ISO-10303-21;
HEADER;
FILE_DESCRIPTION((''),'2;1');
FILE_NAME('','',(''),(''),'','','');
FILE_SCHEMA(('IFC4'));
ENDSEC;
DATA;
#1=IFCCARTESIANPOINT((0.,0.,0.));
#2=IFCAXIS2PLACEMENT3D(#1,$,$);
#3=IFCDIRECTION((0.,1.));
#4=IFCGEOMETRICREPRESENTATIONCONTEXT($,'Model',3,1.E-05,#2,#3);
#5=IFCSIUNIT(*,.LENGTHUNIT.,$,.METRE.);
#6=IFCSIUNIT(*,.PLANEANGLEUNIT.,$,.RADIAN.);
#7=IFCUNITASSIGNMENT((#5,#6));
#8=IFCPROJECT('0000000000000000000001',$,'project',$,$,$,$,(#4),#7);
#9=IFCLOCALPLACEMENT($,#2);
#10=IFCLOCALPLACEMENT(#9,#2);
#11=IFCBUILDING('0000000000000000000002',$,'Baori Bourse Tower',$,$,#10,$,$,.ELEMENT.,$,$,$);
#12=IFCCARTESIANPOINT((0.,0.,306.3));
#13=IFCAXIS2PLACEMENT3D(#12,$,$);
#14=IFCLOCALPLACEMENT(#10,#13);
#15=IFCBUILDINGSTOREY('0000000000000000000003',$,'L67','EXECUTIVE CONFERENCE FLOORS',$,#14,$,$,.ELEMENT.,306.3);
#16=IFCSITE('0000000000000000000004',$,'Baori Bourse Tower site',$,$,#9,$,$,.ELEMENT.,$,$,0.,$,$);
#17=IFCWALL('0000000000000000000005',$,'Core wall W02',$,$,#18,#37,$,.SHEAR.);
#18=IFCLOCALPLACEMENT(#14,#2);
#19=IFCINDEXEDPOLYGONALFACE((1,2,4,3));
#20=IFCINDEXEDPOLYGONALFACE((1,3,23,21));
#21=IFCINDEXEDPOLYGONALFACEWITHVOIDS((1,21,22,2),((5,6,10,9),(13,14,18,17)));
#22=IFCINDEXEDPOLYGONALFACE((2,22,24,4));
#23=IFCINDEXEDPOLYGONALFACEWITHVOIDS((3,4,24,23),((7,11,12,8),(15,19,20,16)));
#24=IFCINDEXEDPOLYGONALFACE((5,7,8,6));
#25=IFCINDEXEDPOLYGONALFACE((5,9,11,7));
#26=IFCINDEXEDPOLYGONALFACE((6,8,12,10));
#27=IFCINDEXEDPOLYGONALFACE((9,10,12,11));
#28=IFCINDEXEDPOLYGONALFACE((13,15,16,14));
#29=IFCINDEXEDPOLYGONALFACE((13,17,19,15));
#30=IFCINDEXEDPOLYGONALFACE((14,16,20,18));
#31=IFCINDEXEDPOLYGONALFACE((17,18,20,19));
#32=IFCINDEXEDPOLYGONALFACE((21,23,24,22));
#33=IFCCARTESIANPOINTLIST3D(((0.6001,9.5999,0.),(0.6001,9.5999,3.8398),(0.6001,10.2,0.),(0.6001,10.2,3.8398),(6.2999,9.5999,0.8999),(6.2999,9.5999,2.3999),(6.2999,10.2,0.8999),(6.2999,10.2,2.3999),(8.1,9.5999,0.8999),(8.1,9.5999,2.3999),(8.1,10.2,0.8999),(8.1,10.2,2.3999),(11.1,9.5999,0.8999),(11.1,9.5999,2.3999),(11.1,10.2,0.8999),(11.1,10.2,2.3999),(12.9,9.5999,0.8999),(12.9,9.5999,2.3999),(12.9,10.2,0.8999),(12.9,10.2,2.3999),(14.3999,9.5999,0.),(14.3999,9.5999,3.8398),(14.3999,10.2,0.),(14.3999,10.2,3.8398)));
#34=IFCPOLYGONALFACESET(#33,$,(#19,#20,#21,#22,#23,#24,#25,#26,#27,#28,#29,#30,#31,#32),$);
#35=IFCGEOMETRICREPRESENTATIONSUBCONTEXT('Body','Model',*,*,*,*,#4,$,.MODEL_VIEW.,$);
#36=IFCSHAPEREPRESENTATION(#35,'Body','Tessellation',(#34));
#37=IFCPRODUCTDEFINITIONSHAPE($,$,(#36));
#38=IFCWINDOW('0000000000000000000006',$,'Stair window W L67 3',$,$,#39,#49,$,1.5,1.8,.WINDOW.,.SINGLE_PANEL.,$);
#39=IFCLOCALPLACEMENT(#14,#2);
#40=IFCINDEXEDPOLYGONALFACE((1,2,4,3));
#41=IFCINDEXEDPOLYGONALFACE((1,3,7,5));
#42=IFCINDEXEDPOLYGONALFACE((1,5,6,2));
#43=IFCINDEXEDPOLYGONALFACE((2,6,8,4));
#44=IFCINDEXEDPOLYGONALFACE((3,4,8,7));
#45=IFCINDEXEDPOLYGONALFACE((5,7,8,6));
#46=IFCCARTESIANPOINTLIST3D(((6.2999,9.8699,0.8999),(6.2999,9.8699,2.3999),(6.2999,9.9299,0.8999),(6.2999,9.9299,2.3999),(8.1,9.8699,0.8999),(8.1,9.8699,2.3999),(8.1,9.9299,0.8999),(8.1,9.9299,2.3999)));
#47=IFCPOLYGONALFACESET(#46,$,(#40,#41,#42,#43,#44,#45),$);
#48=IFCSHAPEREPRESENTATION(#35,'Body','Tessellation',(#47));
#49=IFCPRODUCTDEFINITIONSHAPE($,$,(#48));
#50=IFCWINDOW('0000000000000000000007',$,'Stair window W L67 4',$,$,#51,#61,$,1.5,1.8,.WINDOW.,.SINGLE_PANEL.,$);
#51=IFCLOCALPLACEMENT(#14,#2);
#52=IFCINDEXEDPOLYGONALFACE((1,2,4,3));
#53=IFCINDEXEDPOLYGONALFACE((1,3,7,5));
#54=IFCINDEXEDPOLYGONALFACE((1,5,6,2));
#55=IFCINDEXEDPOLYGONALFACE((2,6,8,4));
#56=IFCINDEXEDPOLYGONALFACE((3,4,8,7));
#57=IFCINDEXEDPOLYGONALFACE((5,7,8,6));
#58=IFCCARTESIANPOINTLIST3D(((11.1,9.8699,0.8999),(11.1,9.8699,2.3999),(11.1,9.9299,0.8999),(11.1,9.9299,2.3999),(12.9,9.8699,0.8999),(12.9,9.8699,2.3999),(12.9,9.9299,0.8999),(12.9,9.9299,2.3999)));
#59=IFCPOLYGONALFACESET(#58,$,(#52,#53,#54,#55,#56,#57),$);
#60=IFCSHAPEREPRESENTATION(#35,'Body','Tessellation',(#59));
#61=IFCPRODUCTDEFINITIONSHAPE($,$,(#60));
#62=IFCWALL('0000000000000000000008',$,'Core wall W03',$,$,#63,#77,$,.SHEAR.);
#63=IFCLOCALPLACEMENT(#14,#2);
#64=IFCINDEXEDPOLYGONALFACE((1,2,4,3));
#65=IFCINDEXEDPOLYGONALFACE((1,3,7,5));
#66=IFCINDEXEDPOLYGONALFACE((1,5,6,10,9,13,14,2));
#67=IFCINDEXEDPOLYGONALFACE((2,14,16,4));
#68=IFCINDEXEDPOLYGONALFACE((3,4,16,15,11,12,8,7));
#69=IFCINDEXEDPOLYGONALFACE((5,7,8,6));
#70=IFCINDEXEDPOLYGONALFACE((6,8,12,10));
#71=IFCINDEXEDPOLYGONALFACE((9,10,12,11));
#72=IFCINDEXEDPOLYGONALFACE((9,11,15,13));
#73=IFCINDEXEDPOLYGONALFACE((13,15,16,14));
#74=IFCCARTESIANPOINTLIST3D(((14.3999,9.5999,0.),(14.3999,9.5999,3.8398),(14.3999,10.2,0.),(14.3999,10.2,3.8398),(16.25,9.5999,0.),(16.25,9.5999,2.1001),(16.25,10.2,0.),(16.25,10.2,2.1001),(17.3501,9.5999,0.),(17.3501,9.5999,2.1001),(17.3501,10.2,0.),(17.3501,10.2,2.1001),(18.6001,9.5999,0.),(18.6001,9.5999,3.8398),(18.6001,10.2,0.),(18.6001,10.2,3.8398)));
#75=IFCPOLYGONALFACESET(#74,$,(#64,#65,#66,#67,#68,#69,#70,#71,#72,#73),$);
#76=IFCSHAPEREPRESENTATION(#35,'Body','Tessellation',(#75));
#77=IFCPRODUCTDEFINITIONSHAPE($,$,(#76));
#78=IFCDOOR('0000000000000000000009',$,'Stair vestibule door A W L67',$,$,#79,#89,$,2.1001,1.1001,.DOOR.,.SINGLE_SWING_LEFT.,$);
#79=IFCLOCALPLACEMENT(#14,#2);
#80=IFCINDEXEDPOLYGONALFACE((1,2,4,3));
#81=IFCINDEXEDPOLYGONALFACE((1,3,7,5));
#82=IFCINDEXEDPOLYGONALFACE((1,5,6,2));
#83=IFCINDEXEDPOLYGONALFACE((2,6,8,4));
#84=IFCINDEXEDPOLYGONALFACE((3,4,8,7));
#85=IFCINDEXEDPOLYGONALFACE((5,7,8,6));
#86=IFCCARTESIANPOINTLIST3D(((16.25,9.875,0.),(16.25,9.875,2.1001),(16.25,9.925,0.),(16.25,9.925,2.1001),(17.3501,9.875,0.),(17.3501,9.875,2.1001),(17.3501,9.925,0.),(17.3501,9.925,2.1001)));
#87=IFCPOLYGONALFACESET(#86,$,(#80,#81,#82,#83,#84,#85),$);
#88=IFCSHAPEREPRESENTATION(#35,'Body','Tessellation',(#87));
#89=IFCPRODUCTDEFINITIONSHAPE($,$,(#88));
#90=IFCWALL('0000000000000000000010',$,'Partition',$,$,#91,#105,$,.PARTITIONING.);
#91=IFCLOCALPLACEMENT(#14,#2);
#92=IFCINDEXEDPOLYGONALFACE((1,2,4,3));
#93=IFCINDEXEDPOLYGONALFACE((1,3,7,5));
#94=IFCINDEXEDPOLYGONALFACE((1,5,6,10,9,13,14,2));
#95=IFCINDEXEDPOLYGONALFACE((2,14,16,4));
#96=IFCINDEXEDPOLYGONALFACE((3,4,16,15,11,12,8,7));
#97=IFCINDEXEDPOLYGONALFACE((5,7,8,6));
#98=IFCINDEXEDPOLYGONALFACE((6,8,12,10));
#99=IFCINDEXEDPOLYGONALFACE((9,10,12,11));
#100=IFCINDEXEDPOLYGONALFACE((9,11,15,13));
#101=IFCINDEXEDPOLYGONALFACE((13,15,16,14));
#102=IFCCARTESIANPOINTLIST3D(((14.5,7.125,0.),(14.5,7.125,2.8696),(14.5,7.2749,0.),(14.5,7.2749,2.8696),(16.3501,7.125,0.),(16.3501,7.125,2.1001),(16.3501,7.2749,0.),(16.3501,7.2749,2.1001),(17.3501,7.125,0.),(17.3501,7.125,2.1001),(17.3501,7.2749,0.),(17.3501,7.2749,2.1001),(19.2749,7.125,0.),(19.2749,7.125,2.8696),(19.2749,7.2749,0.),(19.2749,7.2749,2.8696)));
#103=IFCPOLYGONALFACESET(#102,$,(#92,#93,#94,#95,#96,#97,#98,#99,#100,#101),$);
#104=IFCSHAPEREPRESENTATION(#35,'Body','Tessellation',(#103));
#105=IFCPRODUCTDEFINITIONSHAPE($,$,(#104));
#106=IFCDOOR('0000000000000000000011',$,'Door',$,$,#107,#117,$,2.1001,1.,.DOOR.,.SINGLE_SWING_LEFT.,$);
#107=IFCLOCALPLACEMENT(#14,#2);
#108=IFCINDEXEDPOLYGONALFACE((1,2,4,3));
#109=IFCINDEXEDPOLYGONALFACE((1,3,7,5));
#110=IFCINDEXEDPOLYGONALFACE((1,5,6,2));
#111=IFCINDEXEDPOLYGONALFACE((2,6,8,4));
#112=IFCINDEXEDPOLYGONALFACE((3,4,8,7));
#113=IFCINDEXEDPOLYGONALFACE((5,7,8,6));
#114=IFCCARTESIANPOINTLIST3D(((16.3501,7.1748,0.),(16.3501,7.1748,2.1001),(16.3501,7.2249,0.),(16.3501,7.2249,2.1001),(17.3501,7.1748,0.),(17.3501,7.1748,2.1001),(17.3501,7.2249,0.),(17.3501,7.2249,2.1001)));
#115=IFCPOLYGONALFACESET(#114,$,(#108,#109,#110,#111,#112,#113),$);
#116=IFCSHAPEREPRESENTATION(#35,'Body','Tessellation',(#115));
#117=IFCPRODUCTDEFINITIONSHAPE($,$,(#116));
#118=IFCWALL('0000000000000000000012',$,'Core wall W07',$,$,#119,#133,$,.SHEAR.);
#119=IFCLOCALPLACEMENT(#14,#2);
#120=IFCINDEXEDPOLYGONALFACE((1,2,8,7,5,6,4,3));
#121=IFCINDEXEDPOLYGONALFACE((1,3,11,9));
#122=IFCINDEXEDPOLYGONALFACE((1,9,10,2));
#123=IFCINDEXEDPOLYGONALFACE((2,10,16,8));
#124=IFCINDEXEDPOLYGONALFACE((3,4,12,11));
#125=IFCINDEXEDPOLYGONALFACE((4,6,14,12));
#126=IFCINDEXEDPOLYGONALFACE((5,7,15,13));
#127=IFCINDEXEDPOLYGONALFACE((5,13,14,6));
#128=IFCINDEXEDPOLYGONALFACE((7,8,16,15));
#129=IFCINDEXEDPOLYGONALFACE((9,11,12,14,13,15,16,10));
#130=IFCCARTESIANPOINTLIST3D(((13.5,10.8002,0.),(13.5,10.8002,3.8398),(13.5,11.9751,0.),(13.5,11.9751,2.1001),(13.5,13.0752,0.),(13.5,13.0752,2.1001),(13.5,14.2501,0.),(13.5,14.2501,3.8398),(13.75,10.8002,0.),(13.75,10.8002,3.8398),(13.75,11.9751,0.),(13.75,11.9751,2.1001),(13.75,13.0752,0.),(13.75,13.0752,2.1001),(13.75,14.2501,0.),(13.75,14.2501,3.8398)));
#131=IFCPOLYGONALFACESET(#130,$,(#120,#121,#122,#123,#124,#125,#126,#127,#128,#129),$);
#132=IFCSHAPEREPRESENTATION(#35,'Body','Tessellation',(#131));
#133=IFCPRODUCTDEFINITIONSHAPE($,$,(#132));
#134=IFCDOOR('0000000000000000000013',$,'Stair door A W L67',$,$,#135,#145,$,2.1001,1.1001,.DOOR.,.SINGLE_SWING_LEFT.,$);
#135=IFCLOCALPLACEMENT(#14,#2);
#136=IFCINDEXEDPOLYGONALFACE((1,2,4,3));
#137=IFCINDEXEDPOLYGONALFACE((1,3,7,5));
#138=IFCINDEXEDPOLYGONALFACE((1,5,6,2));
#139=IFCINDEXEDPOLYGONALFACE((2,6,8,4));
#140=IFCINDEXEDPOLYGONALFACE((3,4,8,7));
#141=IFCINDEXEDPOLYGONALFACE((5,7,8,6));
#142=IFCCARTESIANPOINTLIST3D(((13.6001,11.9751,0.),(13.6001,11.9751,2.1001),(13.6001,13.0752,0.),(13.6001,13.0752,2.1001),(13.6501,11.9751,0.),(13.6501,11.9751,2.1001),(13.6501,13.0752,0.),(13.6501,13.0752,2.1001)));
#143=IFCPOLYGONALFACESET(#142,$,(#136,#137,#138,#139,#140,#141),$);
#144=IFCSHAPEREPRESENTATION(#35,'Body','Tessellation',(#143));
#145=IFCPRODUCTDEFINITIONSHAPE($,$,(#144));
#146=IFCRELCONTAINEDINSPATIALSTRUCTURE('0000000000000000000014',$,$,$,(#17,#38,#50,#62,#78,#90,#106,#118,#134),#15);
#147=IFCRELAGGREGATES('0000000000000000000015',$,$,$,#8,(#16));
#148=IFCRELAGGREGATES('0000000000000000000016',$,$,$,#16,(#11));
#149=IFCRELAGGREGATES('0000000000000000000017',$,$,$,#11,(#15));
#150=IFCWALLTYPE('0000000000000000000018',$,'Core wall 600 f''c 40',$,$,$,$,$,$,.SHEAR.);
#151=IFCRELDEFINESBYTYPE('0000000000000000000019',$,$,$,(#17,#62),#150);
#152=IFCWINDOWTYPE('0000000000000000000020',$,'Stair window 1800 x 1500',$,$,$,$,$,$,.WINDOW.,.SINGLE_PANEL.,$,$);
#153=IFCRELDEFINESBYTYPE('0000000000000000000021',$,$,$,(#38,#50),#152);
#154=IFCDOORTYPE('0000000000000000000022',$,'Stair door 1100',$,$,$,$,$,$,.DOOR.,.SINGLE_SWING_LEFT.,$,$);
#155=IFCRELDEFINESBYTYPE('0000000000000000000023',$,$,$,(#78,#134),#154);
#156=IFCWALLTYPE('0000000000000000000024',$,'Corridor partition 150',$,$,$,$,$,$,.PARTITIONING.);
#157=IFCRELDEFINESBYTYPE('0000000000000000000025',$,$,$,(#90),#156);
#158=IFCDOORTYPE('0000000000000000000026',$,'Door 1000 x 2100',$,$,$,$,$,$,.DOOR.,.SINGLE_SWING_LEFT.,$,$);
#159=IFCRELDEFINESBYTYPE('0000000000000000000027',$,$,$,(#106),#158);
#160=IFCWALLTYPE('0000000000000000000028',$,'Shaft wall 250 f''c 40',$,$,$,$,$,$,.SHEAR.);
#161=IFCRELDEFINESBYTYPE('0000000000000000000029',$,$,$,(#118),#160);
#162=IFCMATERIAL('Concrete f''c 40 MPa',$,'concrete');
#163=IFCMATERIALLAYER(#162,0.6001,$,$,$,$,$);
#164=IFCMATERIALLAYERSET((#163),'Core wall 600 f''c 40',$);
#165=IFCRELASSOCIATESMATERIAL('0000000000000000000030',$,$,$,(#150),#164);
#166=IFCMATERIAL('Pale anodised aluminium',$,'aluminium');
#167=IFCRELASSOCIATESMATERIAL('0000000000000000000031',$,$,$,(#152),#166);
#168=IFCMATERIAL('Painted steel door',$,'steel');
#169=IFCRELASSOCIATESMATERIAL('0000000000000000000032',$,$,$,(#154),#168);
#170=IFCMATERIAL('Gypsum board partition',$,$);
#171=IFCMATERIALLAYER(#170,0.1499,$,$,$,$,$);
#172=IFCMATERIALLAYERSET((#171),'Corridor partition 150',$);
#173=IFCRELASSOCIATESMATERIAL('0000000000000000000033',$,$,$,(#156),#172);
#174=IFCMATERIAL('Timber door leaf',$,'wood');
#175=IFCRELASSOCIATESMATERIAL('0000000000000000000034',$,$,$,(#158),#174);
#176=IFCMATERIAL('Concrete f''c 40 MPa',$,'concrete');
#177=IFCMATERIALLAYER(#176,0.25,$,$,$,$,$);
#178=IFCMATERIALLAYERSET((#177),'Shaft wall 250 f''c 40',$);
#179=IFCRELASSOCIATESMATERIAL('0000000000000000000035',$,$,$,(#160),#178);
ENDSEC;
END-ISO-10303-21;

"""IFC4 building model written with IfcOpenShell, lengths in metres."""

from ifc_helpers import new_model, si_unit, direction, frame, frame_2d, origin, place, context, subcontext, project, spatial, rectangle, extrude, material, layer, layer_set, type_object, element, fill, save


model = new_model("IFC4")

# Units and contexts
model_context = context("Model", 3, precision=1e-05, world=origin(), true_north=direction((0.0, 1.0)))
body_context = subcontext(model_context, "Body", "Model", "MODEL_VIEW")
ifc_project = project(units=[si_unit("LENGTHUNIT", "METRE"), si_unit("PLANEANGLEUNIT", "RADIAN")], contexts=[model_context])

# Site, building, storey
site_placement = place(None, origin())
site = spatial("IfcSite", under=ifc_project, at=site_placement, Name="Baori Bourse Tower site", CompositionType="ELEMENT", RefElevation=0.0)
building_placement = place(site_placement, origin())
building = spatial("IfcBuilding", under=site, at=building_placement, Name="Baori Bourse Tower", CompositionType="ELEMENT")
storey_placement = place(building_placement, frame((0.0, 0.0, 306.3)))
storey = spatial("IfcBuildingStorey", under=building, at=storey_placement, Name="L67", Description="EXECUTIVE CONFERENCE FLOORS", CompositionType="ELEMENT", Elevation=306.3)

# Wall, openings, windows
ifc_material_1 = material(Name="Concrete f'c 40 MPa", Category="concrete")
ifc_layer_1 = layer(ifc_material_1, 0.6001)
ifc_layer_set_1 = layer_set([ifc_layer_1], Name="Core wall 600 f'c 40")
wall_type_1 = type_object("IfcWallType", Name="Core wall 600 f'c 40", PredefinedType="SHEAR", material=ifc_layer_set_1)
wall_1_placement = place(storey_placement, frame((14.3999, 9.8999, 0.0), z_axis=(0.0, 0.0, 1.0), x_axis=(-1.0, 0.0, 0.0)))
wall_1 = element("IfcWall", 1, at=wall_1_placement, inside=storey, type_object=wall_type_1, Name="Core wall W02", PredefinedType="SHEAR", context=body_context, shape_type="SweptSolid", body=[
    extrude(rectangle(XDim=13.7998, YDim=0.6001, at=frame_2d((6.8999, 0.0))), origin(), (0.0, 0.0, 1.0), 3.8398),
])
opening_1_placement = place(wall_1_placement, frame((6.3, 0.0, 0.8999)))
opening_1 = element("IfcOpeningElement", 2, at=opening_1_placement, cuts=wall_1, PredefinedType="OPENING", context=body_context, shape_type="SweptSolid", body=[
    extrude(rectangle(XDim=1.8, YDim=1.5, at=frame_2d((0.8999, 0.75))), frame((0.0, 0.3101, 0.0), z_axis=(0.0, -1.0, 0.0), x_axis=(1.0, 0.0, 0.0)), (0.0, 0.0, 1.0), 0.6201),
])
opening_2_placement = place(wall_1_placement, frame((1.5, 0.0, 0.8999)))
opening_2 = element("IfcOpeningElement", 3, at=opening_2_placement, cuts=wall_1, PredefinedType="OPENING", context=body_context, shape_type="SweptSolid", body=[
    extrude(rectangle(XDim=1.8, YDim=1.5, at=frame_2d((0.8999, 0.75))), frame((0.0, 0.3101, 0.0), z_axis=(0.0, -1.0, 0.0), x_axis=(1.0, 0.0, 0.0)), (0.0, 0.0, 1.0), 0.6201),
])
ifc_material_2 = material(Name="Pale anodised aluminium", Category="aluminium")
window_type = type_object("IfcWindowType", Name="Stair window 1800 x 1500", PartitioningType="SINGLE_PANEL", PredefinedType="WINDOW", material=ifc_material_2)
window_1_placement = place(opening_1_placement, origin())
window_1 = element("IfcWindow", 4, at=window_1_placement, inside=storey, type_object=window_type, Name="Stair window W L67 3", OverallHeight=1.5, OverallWidth=1.8, PartitioningType="SINGLE_PANEL", PredefinedType="WINDOW", context=body_context, shape_type="SweptSolid", body=[
    extrude(rectangle(XDim=1.8, YDim=1.5, at=frame_2d((0.8999, 0.75))), frame((0.0, 0.03, 0.0), z_axis=(0.0, -1.0, 0.0), x_axis=(1.0, 0.0, 0.0)), (0.0, 0.0, 1.0), 0.0601),
])
fill(opening_1, window_1)
window_2_placement = place(opening_2_placement, origin())
window_2 = element("IfcWindow", 5, at=window_2_placement, inside=storey, type_object=window_type, Name="Stair window W L67 4", OverallHeight=1.5, OverallWidth=1.8, PartitioningType="SINGLE_PANEL", PredefinedType="WINDOW", context=body_context, shape_type="SweptSolid", body=[
    extrude(rectangle(XDim=1.8, YDim=1.5, at=frame_2d((0.8999, 0.75))), frame((0.0, 0.03, 0.0), z_axis=(0.0, -1.0, 0.0), x_axis=(1.0, 0.0, 0.0)), (0.0, 0.0, 1.0), 0.0601),
])
fill(opening_2, window_2)

# Walls, openings, doors
wall_2_placement = place(storey_placement, frame((18.6001, 9.8999, 0.0), z_axis=(0.0, 0.0, 1.0), x_axis=(-1.0, 0.0, 0.0)))
wall_2 = element("IfcWall", 6, at=wall_2_placement, inside=storey, type_object=wall_type_1, Name="Core wall W03", PredefinedType="SHEAR", context=body_context, shape_type="SweptSolid", body=[
    extrude(rectangle(XDim=4.2002, YDim=0.6001, at=frame_2d((2.1001, 0.0))), origin(), (0.0, 0.0, 1.0), 3.8398),
])
opening_3_placement = place(wall_2_placement, frame((1.25, 0.0, 0.0)))
opening_3 = element("IfcOpeningElement", 7, at=opening_3_placement, cuts=wall_2, PredefinedType="OPENING", context=body_context, shape_type="SweptSolid", body=[
    extrude(rectangle(XDim=1.1001, YDim=2.1001, at=frame_2d((0.55, 1.05))), frame((0.0, 0.3101, 0.0), z_axis=(0.0, -1.0, 0.0), x_axis=(1.0, 0.0, 0.0)), (0.0, 0.0, 1.0), 0.6201),
])
ifc_material_3 = material(Name="Painted steel door", Category="steel")
door_type_1 = type_object("IfcDoorType", Name="Stair door 1100", OperationType="SINGLE_SWING_LEFT", PredefinedType="DOOR", material=ifc_material_3)
door_1_placement = place(opening_3_placement, origin())
door_1 = element("IfcDoor", 8, at=door_1_placement, inside=storey, type_object=door_type_1, Name="Stair vestibule door A W L67", OperationType="SINGLE_SWING_LEFT", OverallHeight=2.1001, OverallWidth=1.1001, PredefinedType="DOOR", context=body_context, shape_type="SweptSolid", body=[
    extrude(rectangle(XDim=1.1001, YDim=2.1001, at=frame_2d((0.55, 1.05))), frame((0.0, 0.0249, 0.0), z_axis=(0.0, -1.0, 0.0), x_axis=(1.0, 0.0, 0.0)), (0.0, 0.0, 1.0), 0.05),
])
fill(opening_3, door_1)
ifc_material_4 = material(Name="Gypsum board partition")
ifc_layer_2 = layer(ifc_material_4, 0.1499)
ifc_layer_set_2 = layer_set([ifc_layer_2], Name="Corridor partition 150")
wall_type_2 = type_object("IfcWallType", Name="Corridor partition 150", PredefinedType="PARTITIONING", material=ifc_layer_set_2)
wall_3_placement = place(storey_placement, frame((14.5, 7.2, 0.0), z_axis=(0.0, 0.0, 1.0), x_axis=(1.0, 0.0, 0.0)))
wall_3 = element("IfcWall", 9, at=wall_3_placement, inside=storey, type_object=wall_type_2, Name="Partition", PredefinedType="PARTITIONING", context=body_context, shape_type="SweptSolid", body=[
    extrude(rectangle(XDim=4.7749, YDim=0.1499, at=frame_2d((2.3875, 0.0))), origin(), (0.0, 0.0, 1.0), 2.8696),
])
opening_4_placement = place(wall_3_placement, frame((1.8501, 0.0, 0.0)))
opening_4 = element("IfcOpeningElement", 10, at=opening_4_placement, cuts=wall_3, PredefinedType="OPENING", context=body_context, shape_type="SweptSolid", body=[
    extrude(rectangle(XDim=1.0, YDim=2.1001, at=frame_2d((0.5, 1.05))), frame((0.0, 0.085, 0.0), z_axis=(0.0, -1.0, 0.0), x_axis=(1.0, 0.0, 0.0)), (0.0, 0.0, 1.0), 0.1699),
])
ifc_material_5 = material(Name="Timber door leaf", Category="wood")
door_type_2 = type_object("IfcDoorType", Name="Door 1000 x 2100", OperationType="SINGLE_SWING_LEFT", PredefinedType="DOOR", material=ifc_material_5)
door_2_placement = place(opening_4_placement, origin())
door_2 = element("IfcDoor", 11, at=door_2_placement, inside=storey, type_object=door_type_2, Name="Door", OperationType="SINGLE_SWING_LEFT", OverallHeight=2.1001, OverallWidth=1.0, PredefinedType="DOOR", context=body_context, shape_type="SweptSolid", body=[
    extrude(rectangle(XDim=1.0, YDim=2.1001, at=frame_2d((0.5, 1.05))), frame((0.0, 0.0249, 0.0), z_axis=(0.0, -1.0, 0.0), x_axis=(1.0, 0.0, 0.0)), (0.0, 0.0, 1.0), 0.05),
])
fill(opening_4, door_2)
ifc_material_6 = material(Name="Concrete f'c 40 MPa", Category="concrete")
ifc_layer_3 = layer(ifc_material_6, 0.25)
ifc_layer_set_3 = layer_set([ifc_layer_3], Name="Shaft wall 250 f'c 40")
wall_type_3 = type_object("IfcWallType", Name="Shaft wall 250 f'c 40", PredefinedType="SHEAR", material=ifc_layer_set_3)
wall_4_placement = place(storey_placement, frame((13.625, 10.8, 0.0), z_axis=(0.0, 0.0, 1.0), x_axis=(0.0, 1.0, 0.0)))
wall_4 = element("IfcWall", 12, at=wall_4_placement, inside=storey, type_object=wall_type_3, Name="Core wall W07", PredefinedType="SHEAR", context=body_context, shape_type="SweptSolid", body=[
    extrude(rectangle(XDim=3.45, YDim=0.25, at=frame_2d((1.7251, 0.0))), origin(), (0.0, 0.0, 1.0), 3.8398),
])
opening_5_placement = place(wall_4_placement, frame((1.175, 0.0, 0.0)))
opening_5 = element("IfcOpeningElement", 13, at=opening_5_placement, cuts=wall_4, PredefinedType="OPENING", context=body_context, shape_type="SweptSolid", body=[
    extrude(rectangle(XDim=1.1001, YDim=2.1001, at=frame_2d((0.55, 1.05))), frame((0.0, 0.135, 0.0), z_axis=(0.0, -1.0, 0.0), x_axis=(1.0, 0.0, 0.0)), (0.0, 0.0, 1.0), 0.27),
])
door_3_placement = place(opening_5_placement, origin())
door_3 = element("IfcDoor", 14, at=door_3_placement, inside=storey, type_object=door_type_1, Name="Stair door A W L67", OperationType="SINGLE_SWING_LEFT", OverallHeight=2.1001, OverallWidth=1.1001, PredefinedType="DOOR", context=body_context, shape_type="SweptSolid", body=[
    extrude(rectangle(XDim=1.1001, YDim=2.1001, at=frame_2d((0.55, 1.05))), frame((0.0, 0.0249, 0.0), z_axis=(0.0, -1.0, 0.0), x_axis=(1.0, 0.0, 0.0)), (0.0, 0.0, 1.0), 0.05),
])
fill(opening_5, door_3)

save(model, "model.ifc")
